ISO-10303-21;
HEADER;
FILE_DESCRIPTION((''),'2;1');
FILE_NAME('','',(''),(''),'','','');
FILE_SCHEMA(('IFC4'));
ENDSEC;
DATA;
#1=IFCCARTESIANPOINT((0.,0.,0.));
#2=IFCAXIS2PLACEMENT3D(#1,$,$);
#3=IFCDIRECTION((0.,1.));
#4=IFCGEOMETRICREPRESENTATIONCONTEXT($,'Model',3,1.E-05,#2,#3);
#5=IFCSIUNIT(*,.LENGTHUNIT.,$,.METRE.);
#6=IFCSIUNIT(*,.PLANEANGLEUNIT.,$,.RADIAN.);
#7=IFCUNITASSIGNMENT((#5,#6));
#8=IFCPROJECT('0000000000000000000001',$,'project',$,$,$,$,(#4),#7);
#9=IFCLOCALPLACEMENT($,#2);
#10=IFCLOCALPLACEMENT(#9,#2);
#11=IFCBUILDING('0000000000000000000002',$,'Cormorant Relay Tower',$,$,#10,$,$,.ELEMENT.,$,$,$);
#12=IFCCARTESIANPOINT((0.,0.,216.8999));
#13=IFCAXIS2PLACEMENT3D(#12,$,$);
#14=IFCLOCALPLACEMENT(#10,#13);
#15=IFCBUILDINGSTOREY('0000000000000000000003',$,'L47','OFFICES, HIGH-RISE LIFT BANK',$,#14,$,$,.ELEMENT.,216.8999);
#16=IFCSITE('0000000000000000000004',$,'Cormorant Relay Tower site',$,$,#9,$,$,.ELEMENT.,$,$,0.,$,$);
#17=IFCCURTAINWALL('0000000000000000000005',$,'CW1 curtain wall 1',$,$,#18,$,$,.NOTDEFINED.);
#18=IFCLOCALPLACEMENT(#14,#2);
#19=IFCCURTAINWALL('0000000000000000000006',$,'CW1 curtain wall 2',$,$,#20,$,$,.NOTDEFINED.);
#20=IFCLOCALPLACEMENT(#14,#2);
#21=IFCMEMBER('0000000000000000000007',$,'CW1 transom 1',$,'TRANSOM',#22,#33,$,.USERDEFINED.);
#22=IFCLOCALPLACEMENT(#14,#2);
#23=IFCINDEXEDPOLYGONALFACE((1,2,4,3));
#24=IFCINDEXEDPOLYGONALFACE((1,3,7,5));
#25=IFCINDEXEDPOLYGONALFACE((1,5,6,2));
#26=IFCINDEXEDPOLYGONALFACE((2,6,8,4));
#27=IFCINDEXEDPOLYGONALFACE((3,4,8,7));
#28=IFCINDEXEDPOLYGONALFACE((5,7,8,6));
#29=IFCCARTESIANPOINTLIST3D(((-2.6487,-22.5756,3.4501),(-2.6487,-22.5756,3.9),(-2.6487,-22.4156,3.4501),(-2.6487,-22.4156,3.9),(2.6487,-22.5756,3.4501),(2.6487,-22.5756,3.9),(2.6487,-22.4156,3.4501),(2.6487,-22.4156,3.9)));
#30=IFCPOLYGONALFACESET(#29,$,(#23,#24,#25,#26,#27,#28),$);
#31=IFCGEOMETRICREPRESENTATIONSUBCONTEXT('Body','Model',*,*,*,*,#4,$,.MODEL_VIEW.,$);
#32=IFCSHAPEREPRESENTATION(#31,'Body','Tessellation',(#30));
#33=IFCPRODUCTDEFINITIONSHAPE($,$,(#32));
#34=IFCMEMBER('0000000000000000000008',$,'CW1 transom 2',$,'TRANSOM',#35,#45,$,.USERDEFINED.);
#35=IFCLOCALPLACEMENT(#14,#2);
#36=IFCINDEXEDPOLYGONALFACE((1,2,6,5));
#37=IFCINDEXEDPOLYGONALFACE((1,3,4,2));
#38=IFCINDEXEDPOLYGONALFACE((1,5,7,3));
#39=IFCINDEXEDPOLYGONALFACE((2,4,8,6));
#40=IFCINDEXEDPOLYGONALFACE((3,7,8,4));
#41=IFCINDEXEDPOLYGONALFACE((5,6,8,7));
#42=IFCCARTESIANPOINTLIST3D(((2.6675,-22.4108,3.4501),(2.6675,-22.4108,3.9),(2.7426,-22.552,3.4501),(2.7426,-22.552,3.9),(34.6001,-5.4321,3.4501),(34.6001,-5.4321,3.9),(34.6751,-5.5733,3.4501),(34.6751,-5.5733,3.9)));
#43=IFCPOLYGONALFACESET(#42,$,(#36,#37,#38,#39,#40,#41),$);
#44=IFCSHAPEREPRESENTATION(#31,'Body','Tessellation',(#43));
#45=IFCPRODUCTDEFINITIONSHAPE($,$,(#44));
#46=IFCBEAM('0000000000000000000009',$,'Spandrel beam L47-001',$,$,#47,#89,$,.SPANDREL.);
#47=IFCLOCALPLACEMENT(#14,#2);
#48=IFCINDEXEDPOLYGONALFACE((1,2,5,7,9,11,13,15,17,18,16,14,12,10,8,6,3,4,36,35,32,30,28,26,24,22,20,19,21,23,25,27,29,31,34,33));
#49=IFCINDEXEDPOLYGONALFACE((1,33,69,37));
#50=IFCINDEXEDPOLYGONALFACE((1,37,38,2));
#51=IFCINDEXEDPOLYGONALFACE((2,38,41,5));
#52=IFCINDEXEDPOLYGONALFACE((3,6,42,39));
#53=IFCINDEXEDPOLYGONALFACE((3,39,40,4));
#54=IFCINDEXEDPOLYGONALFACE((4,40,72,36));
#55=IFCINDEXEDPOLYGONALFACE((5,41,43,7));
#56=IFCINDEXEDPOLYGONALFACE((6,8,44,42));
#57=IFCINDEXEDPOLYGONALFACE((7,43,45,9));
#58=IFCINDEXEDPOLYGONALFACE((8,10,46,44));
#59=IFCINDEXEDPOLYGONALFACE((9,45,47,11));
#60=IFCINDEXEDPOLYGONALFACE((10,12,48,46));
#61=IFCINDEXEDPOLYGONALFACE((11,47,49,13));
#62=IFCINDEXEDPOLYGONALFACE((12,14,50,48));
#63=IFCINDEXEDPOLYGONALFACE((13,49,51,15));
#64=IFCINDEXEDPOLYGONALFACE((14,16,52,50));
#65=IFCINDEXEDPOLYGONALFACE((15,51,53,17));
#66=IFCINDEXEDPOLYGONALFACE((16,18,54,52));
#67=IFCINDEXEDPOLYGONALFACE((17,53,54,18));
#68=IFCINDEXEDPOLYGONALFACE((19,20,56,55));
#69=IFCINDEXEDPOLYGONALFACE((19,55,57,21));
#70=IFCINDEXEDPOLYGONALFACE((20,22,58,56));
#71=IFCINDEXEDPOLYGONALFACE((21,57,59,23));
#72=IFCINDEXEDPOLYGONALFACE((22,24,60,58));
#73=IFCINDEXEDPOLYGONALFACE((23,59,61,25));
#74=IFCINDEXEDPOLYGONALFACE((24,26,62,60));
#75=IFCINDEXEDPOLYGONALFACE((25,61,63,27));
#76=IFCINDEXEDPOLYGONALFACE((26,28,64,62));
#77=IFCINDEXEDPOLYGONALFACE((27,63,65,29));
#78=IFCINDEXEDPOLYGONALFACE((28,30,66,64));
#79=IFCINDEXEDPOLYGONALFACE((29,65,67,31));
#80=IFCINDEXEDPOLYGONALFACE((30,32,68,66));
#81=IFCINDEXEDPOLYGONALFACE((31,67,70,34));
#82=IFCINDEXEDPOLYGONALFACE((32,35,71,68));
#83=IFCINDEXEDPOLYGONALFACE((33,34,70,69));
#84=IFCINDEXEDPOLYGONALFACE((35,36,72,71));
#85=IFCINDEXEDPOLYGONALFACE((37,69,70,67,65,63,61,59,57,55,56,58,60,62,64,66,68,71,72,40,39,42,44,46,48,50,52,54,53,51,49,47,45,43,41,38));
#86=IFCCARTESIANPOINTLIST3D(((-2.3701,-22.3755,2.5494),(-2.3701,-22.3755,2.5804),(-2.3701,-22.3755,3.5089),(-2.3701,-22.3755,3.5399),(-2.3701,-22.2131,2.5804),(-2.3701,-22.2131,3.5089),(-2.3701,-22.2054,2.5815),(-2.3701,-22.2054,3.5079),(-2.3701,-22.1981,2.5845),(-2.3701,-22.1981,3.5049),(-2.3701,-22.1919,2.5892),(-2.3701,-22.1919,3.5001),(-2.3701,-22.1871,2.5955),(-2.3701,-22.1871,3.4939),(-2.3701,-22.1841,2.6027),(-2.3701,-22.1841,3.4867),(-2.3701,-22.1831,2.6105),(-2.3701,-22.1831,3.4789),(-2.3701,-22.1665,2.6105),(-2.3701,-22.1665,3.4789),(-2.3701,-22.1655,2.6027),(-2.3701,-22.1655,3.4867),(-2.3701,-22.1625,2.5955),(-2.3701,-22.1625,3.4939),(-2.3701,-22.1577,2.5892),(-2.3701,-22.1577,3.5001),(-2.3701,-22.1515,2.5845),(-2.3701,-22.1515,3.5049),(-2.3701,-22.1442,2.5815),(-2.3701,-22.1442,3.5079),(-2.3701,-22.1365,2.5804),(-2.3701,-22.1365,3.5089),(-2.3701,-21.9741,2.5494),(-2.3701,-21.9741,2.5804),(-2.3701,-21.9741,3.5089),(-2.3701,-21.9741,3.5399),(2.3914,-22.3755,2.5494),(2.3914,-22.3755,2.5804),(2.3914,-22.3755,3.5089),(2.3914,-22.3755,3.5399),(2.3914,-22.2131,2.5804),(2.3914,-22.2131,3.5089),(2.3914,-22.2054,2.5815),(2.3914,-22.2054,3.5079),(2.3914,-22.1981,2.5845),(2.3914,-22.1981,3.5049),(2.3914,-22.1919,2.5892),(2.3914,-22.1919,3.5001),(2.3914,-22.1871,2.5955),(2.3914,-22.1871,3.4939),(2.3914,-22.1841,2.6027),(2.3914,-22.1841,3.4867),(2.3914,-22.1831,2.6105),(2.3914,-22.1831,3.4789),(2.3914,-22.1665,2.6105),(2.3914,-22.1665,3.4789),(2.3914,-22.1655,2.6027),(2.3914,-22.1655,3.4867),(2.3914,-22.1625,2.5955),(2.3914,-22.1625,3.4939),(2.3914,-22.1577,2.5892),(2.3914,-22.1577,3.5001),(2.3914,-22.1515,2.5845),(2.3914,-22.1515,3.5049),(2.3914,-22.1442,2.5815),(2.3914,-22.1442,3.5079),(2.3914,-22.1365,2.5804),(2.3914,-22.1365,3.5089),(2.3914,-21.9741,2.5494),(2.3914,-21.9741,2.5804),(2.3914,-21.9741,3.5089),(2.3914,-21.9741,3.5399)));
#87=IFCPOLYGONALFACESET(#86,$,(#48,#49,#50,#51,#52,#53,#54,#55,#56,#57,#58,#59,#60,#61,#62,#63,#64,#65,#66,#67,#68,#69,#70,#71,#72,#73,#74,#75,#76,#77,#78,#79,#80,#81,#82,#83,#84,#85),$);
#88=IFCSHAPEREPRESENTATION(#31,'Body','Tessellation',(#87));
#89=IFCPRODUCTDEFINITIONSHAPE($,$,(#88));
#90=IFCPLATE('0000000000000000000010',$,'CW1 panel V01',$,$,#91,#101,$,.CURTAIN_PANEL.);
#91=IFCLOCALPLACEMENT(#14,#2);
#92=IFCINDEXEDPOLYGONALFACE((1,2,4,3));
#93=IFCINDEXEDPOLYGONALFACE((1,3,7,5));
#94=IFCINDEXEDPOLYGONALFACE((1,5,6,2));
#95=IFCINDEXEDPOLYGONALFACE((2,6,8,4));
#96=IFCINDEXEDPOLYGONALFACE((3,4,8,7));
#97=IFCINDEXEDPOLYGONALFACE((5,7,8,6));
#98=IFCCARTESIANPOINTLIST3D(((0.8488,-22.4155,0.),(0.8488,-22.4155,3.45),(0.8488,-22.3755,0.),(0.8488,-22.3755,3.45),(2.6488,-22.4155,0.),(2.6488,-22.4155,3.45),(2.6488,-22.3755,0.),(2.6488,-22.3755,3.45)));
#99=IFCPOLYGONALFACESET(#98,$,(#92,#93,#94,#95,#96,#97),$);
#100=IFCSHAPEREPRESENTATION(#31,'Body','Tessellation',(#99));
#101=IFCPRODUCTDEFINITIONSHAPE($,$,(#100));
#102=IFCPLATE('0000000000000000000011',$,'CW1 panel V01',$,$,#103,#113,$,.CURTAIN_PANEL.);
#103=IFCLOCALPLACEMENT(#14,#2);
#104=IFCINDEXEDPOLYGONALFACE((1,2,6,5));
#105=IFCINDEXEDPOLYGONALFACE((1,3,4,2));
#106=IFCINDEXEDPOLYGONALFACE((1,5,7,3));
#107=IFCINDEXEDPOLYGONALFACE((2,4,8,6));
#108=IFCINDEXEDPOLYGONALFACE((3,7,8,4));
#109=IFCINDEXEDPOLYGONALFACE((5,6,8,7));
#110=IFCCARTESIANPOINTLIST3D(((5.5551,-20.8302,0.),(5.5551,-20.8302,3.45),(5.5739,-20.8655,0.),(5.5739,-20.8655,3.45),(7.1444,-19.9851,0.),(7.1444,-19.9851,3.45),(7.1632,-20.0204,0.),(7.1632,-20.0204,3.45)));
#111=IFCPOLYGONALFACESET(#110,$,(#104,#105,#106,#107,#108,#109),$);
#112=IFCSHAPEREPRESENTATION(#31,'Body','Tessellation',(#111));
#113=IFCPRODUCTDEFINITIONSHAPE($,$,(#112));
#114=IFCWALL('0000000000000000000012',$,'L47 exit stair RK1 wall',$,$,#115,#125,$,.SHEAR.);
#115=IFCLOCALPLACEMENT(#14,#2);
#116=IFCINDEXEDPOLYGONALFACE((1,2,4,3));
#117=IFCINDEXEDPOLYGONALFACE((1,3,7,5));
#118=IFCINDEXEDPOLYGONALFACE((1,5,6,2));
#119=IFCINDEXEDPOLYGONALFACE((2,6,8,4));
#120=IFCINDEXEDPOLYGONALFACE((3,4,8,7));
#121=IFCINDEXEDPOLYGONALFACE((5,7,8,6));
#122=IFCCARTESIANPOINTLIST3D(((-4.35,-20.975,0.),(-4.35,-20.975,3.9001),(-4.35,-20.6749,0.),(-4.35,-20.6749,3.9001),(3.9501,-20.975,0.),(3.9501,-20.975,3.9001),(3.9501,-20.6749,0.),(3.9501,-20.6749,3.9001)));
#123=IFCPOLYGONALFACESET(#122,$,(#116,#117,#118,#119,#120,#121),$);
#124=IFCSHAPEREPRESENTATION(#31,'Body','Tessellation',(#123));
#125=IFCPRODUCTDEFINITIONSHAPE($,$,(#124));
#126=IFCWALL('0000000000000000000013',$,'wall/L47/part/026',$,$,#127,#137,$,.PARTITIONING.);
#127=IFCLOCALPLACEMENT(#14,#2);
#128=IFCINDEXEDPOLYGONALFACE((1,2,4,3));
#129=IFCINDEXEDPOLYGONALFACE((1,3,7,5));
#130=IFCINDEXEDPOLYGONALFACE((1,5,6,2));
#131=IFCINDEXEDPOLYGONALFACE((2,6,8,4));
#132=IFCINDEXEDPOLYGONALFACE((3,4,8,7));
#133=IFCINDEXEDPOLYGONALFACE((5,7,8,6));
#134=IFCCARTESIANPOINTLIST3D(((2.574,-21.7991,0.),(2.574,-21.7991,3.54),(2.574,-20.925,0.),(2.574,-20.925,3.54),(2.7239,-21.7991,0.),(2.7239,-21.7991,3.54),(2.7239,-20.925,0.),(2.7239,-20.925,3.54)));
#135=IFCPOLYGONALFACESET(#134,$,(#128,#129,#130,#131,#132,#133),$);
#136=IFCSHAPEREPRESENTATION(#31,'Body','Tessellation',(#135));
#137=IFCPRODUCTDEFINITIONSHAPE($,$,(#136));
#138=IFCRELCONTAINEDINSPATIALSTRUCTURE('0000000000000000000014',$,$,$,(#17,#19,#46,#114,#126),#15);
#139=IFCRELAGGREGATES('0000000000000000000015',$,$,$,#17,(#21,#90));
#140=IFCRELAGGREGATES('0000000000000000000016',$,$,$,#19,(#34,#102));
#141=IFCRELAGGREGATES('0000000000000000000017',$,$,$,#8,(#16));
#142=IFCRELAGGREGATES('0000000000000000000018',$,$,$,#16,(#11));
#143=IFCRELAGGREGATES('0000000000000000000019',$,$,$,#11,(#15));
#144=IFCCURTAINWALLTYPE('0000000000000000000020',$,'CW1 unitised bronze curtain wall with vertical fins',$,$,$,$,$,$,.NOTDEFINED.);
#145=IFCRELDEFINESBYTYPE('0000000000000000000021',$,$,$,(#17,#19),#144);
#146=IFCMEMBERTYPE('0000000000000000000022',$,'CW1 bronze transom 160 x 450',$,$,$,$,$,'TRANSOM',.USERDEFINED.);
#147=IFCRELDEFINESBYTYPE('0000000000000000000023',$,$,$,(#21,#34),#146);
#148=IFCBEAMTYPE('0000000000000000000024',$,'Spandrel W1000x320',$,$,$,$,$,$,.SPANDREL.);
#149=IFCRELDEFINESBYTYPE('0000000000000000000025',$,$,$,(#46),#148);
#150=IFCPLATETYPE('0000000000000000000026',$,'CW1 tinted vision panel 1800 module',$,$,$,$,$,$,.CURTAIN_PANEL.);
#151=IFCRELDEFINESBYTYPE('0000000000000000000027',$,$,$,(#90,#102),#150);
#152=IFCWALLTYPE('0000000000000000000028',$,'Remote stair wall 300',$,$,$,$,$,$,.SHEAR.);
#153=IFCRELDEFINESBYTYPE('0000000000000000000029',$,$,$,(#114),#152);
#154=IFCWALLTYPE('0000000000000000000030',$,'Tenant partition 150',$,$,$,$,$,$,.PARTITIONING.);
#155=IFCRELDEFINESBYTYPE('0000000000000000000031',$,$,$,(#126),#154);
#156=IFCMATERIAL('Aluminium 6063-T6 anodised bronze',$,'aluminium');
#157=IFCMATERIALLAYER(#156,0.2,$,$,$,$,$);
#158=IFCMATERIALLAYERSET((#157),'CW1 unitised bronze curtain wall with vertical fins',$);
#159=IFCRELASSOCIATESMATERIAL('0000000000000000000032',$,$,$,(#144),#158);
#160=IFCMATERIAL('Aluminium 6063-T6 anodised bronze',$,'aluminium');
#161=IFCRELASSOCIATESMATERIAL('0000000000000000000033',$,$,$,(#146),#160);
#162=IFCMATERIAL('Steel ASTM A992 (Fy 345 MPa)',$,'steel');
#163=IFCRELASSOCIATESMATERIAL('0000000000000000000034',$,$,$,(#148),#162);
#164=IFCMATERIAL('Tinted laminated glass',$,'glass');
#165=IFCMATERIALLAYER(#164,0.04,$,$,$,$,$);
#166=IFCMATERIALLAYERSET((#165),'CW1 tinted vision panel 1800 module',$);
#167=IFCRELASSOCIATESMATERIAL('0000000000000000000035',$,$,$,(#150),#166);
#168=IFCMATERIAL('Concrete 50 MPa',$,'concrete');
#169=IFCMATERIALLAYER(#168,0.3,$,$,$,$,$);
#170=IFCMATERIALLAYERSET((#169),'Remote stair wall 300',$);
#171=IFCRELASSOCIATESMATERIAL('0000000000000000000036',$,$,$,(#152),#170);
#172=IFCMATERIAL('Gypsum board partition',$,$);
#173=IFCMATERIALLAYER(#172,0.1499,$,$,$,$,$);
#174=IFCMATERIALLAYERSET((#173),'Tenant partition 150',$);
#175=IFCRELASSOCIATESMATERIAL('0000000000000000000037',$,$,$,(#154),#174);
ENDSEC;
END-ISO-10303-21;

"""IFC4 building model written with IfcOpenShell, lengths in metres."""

from ifc_helpers import new_model, si_unit, direction, frame, frame_2d, origin, origin_2d, place, context, subcontext, project, spatial, rectangle, i_section, extrude, material, layer, layer_set, material_profile, profile_set, type_object, element, aggregate, save


model = new_model("IFC4")

# Units and contexts
model_context = context("Model", 3, precision=1e-05, world=origin(), true_north=direction((0.0, 1.0)))
body_context = subcontext(model_context, "Body", "Model", "MODEL_VIEW")
ifc_project = project(units=[si_unit("LENGTHUNIT", "METRE"), si_unit("PLANEANGLEUNIT", "RADIAN")], contexts=[model_context])

# Site, building, storey
site_placement = place(None, origin())
site = spatial("IfcSite", under=ifc_project, at=site_placement, Name="Cormorant Relay Tower site", CompositionType="ELEMENT", RefElevation=0.0)
building_placement = place(site_placement, origin())
building = spatial("IfcBuilding", under=site, at=building_placement, Name="Cormorant Relay Tower", CompositionType="ELEMENT")
storey_placement = place(building_placement, frame((0.0, 0.0, 216.8999)))
storey = spatial("IfcBuildingStorey", under=building, at=storey_placement, Name="L47", Description="OFFICES, HIGH-RISE LIFT BANK", CompositionType="ELEMENT", Elevation=216.8999)

# Curtain wall
ifc_material_1 = material(Name="Aluminium 6063-T6 anodised bronze", Category="aluminium")
ifc_layer_1 = layer(ifc_material_1, 0.2)
ifc_layer_set_1 = layer_set([ifc_layer_1], Name="CW1 unitised bronze curtain wall with vertical fins")
curtain_wall_type = type_object("IfcCurtainWallType", Name="CW1 unitised bronze curtain wall with vertical fins", PredefinedType="NOTDEFINED", material=ifc_layer_set_1)
curtain_wall_1_placement = place(storey_placement, origin())
curtain_wall_1 = element("IfcCurtainWall", 1, at=curtain_wall_1_placement, inside=storey, type_object=curtain_wall_type, Name="CW1 curtain wall 1", PredefinedType="NOTDEFINED")

# Curtain wall
curtain_wall_2_placement = place(storey_placement, origin())
curtain_wall_2 = element("IfcCurtainWall", 2, at=curtain_wall_2_placement, inside=storey, type_object=curtain_wall_type, Name="CW1 curtain wall 2", PredefinedType="NOTDEFINED")

# Members
ifc_material_2 = material(Name="Aluminium 6063-T6 anodised bronze", Category="aluminium")
ifc_material_profile_1 = material_profile(ifc_material_2, rectangle(XDim=0.1599, YDim=0.45, at=origin_2d()), Name="AL 160x450")
ifc_profile_set_1 = profile_set([ifc_material_profile_1], Name="Aluminium 6063-T6 anodised bronze")
member_type_1 = type_object("IfcMemberType", Name="CW1 bronze transom 160 x 450", ElementType="TRANSOM", PredefinedType="USERDEFINED", material=ifc_profile_set_1)
member_1_placement = place(storey_placement, frame((-2.6487, -22.4956, 3.675), z_axis=(1.0, 0.0, 0.0), x_axis=(0.0, 1.0, 0.0)))
member_1 = element("IfcMember", 3, at=member_1_placement, type_object=member_type_1, Name="CW1 transom 1", ObjectType="TRANSOM", PredefinedType="USERDEFINED", context=body_context, shape_type="SweptSolid", body=[
    extrude(rectangle(XDim=0.1599, YDim=0.45, at=origin_2d()), origin(), (0.0, 0.0, 1.0), 5.2974),
])
member_2_placement = place(storey_placement, frame((2.7051, -22.4814, 3.675), z_axis=(0.882949, 0.469469, 0.0), x_axis=(-0.469469, 0.882949, 0.0)))
member_2 = element("IfcMember", 4, at=member_2_placement, type_object=member_type_1, Name="CW1 transom 2", ObjectType="TRANSOM", PredefinedType="USERDEFINED", context=body_context, shape_type="SweptSolid", body=[
    extrude(rectangle(XDim=0.1599, YDim=0.45, at=origin_2d()), origin(), (0.0, 0.0, 1.0), 36.1658),
])

# Beam
ifc_material_3 = material(Name="Steel ASTM A992 (Fy 345 MPa)", Category="steel")
ifc_material_profile_2 = material_profile(ifc_material_3, i_section(OverallWidth=0.4014, OverallDepth=0.9905, WebThickness=0.0166, FlangeThickness=0.031, FilletRadius=0.03, at=origin_2d()), Name="W1000x320")
ifc_profile_set_2 = profile_set([ifc_material_profile_2], Name="Steel ASTM A992 (Fy 345 MPa)")
beam_type = type_object("IfcBeamType", Name="Spandrel W1000x320", PredefinedType="SPANDREL", material=ifc_profile_set_2)
beam_placement = place(storey_placement, frame((-2.3701, -22.1748, 3.0447), z_axis=(1.0, 0.0, 0.0), x_axis=(0.0, 1.0, 0.0)))
element("IfcBeam", 5, at=beam_placement, inside=storey, type_object=beam_type, Name="Spandrel beam L47-001", PredefinedType="SPANDREL", context=body_context, shape_type="SweptSolid", body=[
    extrude(i_section(OverallWidth=0.4014, OverallDepth=0.9905, WebThickness=0.0166, FlangeThickness=0.031, FilletRadius=0.03, at=origin_2d()), origin(), (0.0, 0.0, 1.0), 4.7615),
])

# Plates
ifc_material_4 = material(Name="Tinted laminated glass", Category="glass")
ifc_layer_2 = layer(ifc_material_4, 0.04)
ifc_layer_set_2 = layer_set([ifc_layer_2], Name="CW1 tinted vision panel 1800 module")
plate_type = type_object("IfcPlateType", Name="CW1 tinted vision panel 1800 module", PredefinedType="CURTAIN_PANEL", material=ifc_layer_set_2)
plate_1_placement = place(storey_placement, frame((1.7488, -22.3955, 0.0), z_axis=(0.0, 0.0, 1.0), x_axis=(1.0, 0.0, 0.0)))
plate_1 = element("IfcPlate", 6, at=plate_1_placement, type_object=plate_type, Name="CW1 panel V01", PredefinedType="CURTAIN_PANEL", context=body_context, shape_type="SweptSolid", body=[
    extrude(rectangle(XDim=1.8, YDim=0.04, at=origin_2d()), origin(), (0.0, 0.0, 1.0), 3.45),
])
plate_2_placement = place(storey_placement, frame((6.3591, -20.4253, 0.0), z_axis=(0.0, 0.0, 1.0), x_axis=(0.882948, 0.469472, 0.0)))
plate_2 = element("IfcPlate", 7, at=plate_2_placement, type_object=plate_type, Name="CW1 panel V01", PredefinedType="CURTAIN_PANEL", context=body_context, shape_type="SweptSolid", body=[
    extrude(rectangle(XDim=1.8, YDim=0.04, at=origin_2d()), origin(), (0.0, 0.0, 1.0), 3.45),
])

# Walls
ifc_material_5 = material(Name="Concrete 50 MPa", Category="concrete")
ifc_layer_3 = layer(ifc_material_5, 0.3)
ifc_layer_set_3 = layer_set([ifc_layer_3], Name="Remote stair wall 300")
wall_type_1 = type_object("IfcWallType", Name="Remote stair wall 300", PredefinedType="SHEAR", material=ifc_layer_set_3)
wall_1_placement = place(storey_placement, frame((3.95, -20.825, 0.0), z_axis=(0.0, 0.0, 1.0), x_axis=(-1.0, 0.0, 0.0)))
element("IfcWall", 8, at=wall_1_placement, inside=storey, type_object=wall_type_1, Name="L47 exit stair RK1 wall", PredefinedType="SHEAR", context=body_context, shape_type="SweptSolid", body=[
    extrude(rectangle(XDim=8.3, YDim=0.3, at=frame_2d((4.1499, 0.0))), origin(), (0.0, 0.0, 1.0), 3.9001),
])
ifc_material_6 = material(Name="Gypsum board partition")
ifc_layer_4 = layer(ifc_material_6, 0.1499)
ifc_layer_set_4 = layer_set([ifc_layer_4], Name="Tenant partition 150")
wall_type_2 = type_object("IfcWallType", Name="Tenant partition 150", PredefinedType="PARTITIONING", material=ifc_layer_set_4)
wall_2_placement = place(storey_placement, frame((2.6489, -21.7991, 0.0), z_axis=(0.0, 0.0, 1.0), x_axis=(0.0, 1.0, 0.0)))
element("IfcWall", 9, at=wall_2_placement, inside=storey, type_object=wall_type_2, Name="wall/L47/part/026", PredefinedType="PARTITIONING", context=body_context, shape_type="SweptSolid", body=[
    extrude(rectangle(XDim=0.874, YDim=0.1499, at=frame_2d((0.437, 0.0))), origin(), (0.0, 0.0, 1.0), 3.54),
])

aggregate(curtain_wall_1, [member_1, plate_1])
aggregate(curtain_wall_2, [member_2, plate_2])

save(model, "model.ifc")
